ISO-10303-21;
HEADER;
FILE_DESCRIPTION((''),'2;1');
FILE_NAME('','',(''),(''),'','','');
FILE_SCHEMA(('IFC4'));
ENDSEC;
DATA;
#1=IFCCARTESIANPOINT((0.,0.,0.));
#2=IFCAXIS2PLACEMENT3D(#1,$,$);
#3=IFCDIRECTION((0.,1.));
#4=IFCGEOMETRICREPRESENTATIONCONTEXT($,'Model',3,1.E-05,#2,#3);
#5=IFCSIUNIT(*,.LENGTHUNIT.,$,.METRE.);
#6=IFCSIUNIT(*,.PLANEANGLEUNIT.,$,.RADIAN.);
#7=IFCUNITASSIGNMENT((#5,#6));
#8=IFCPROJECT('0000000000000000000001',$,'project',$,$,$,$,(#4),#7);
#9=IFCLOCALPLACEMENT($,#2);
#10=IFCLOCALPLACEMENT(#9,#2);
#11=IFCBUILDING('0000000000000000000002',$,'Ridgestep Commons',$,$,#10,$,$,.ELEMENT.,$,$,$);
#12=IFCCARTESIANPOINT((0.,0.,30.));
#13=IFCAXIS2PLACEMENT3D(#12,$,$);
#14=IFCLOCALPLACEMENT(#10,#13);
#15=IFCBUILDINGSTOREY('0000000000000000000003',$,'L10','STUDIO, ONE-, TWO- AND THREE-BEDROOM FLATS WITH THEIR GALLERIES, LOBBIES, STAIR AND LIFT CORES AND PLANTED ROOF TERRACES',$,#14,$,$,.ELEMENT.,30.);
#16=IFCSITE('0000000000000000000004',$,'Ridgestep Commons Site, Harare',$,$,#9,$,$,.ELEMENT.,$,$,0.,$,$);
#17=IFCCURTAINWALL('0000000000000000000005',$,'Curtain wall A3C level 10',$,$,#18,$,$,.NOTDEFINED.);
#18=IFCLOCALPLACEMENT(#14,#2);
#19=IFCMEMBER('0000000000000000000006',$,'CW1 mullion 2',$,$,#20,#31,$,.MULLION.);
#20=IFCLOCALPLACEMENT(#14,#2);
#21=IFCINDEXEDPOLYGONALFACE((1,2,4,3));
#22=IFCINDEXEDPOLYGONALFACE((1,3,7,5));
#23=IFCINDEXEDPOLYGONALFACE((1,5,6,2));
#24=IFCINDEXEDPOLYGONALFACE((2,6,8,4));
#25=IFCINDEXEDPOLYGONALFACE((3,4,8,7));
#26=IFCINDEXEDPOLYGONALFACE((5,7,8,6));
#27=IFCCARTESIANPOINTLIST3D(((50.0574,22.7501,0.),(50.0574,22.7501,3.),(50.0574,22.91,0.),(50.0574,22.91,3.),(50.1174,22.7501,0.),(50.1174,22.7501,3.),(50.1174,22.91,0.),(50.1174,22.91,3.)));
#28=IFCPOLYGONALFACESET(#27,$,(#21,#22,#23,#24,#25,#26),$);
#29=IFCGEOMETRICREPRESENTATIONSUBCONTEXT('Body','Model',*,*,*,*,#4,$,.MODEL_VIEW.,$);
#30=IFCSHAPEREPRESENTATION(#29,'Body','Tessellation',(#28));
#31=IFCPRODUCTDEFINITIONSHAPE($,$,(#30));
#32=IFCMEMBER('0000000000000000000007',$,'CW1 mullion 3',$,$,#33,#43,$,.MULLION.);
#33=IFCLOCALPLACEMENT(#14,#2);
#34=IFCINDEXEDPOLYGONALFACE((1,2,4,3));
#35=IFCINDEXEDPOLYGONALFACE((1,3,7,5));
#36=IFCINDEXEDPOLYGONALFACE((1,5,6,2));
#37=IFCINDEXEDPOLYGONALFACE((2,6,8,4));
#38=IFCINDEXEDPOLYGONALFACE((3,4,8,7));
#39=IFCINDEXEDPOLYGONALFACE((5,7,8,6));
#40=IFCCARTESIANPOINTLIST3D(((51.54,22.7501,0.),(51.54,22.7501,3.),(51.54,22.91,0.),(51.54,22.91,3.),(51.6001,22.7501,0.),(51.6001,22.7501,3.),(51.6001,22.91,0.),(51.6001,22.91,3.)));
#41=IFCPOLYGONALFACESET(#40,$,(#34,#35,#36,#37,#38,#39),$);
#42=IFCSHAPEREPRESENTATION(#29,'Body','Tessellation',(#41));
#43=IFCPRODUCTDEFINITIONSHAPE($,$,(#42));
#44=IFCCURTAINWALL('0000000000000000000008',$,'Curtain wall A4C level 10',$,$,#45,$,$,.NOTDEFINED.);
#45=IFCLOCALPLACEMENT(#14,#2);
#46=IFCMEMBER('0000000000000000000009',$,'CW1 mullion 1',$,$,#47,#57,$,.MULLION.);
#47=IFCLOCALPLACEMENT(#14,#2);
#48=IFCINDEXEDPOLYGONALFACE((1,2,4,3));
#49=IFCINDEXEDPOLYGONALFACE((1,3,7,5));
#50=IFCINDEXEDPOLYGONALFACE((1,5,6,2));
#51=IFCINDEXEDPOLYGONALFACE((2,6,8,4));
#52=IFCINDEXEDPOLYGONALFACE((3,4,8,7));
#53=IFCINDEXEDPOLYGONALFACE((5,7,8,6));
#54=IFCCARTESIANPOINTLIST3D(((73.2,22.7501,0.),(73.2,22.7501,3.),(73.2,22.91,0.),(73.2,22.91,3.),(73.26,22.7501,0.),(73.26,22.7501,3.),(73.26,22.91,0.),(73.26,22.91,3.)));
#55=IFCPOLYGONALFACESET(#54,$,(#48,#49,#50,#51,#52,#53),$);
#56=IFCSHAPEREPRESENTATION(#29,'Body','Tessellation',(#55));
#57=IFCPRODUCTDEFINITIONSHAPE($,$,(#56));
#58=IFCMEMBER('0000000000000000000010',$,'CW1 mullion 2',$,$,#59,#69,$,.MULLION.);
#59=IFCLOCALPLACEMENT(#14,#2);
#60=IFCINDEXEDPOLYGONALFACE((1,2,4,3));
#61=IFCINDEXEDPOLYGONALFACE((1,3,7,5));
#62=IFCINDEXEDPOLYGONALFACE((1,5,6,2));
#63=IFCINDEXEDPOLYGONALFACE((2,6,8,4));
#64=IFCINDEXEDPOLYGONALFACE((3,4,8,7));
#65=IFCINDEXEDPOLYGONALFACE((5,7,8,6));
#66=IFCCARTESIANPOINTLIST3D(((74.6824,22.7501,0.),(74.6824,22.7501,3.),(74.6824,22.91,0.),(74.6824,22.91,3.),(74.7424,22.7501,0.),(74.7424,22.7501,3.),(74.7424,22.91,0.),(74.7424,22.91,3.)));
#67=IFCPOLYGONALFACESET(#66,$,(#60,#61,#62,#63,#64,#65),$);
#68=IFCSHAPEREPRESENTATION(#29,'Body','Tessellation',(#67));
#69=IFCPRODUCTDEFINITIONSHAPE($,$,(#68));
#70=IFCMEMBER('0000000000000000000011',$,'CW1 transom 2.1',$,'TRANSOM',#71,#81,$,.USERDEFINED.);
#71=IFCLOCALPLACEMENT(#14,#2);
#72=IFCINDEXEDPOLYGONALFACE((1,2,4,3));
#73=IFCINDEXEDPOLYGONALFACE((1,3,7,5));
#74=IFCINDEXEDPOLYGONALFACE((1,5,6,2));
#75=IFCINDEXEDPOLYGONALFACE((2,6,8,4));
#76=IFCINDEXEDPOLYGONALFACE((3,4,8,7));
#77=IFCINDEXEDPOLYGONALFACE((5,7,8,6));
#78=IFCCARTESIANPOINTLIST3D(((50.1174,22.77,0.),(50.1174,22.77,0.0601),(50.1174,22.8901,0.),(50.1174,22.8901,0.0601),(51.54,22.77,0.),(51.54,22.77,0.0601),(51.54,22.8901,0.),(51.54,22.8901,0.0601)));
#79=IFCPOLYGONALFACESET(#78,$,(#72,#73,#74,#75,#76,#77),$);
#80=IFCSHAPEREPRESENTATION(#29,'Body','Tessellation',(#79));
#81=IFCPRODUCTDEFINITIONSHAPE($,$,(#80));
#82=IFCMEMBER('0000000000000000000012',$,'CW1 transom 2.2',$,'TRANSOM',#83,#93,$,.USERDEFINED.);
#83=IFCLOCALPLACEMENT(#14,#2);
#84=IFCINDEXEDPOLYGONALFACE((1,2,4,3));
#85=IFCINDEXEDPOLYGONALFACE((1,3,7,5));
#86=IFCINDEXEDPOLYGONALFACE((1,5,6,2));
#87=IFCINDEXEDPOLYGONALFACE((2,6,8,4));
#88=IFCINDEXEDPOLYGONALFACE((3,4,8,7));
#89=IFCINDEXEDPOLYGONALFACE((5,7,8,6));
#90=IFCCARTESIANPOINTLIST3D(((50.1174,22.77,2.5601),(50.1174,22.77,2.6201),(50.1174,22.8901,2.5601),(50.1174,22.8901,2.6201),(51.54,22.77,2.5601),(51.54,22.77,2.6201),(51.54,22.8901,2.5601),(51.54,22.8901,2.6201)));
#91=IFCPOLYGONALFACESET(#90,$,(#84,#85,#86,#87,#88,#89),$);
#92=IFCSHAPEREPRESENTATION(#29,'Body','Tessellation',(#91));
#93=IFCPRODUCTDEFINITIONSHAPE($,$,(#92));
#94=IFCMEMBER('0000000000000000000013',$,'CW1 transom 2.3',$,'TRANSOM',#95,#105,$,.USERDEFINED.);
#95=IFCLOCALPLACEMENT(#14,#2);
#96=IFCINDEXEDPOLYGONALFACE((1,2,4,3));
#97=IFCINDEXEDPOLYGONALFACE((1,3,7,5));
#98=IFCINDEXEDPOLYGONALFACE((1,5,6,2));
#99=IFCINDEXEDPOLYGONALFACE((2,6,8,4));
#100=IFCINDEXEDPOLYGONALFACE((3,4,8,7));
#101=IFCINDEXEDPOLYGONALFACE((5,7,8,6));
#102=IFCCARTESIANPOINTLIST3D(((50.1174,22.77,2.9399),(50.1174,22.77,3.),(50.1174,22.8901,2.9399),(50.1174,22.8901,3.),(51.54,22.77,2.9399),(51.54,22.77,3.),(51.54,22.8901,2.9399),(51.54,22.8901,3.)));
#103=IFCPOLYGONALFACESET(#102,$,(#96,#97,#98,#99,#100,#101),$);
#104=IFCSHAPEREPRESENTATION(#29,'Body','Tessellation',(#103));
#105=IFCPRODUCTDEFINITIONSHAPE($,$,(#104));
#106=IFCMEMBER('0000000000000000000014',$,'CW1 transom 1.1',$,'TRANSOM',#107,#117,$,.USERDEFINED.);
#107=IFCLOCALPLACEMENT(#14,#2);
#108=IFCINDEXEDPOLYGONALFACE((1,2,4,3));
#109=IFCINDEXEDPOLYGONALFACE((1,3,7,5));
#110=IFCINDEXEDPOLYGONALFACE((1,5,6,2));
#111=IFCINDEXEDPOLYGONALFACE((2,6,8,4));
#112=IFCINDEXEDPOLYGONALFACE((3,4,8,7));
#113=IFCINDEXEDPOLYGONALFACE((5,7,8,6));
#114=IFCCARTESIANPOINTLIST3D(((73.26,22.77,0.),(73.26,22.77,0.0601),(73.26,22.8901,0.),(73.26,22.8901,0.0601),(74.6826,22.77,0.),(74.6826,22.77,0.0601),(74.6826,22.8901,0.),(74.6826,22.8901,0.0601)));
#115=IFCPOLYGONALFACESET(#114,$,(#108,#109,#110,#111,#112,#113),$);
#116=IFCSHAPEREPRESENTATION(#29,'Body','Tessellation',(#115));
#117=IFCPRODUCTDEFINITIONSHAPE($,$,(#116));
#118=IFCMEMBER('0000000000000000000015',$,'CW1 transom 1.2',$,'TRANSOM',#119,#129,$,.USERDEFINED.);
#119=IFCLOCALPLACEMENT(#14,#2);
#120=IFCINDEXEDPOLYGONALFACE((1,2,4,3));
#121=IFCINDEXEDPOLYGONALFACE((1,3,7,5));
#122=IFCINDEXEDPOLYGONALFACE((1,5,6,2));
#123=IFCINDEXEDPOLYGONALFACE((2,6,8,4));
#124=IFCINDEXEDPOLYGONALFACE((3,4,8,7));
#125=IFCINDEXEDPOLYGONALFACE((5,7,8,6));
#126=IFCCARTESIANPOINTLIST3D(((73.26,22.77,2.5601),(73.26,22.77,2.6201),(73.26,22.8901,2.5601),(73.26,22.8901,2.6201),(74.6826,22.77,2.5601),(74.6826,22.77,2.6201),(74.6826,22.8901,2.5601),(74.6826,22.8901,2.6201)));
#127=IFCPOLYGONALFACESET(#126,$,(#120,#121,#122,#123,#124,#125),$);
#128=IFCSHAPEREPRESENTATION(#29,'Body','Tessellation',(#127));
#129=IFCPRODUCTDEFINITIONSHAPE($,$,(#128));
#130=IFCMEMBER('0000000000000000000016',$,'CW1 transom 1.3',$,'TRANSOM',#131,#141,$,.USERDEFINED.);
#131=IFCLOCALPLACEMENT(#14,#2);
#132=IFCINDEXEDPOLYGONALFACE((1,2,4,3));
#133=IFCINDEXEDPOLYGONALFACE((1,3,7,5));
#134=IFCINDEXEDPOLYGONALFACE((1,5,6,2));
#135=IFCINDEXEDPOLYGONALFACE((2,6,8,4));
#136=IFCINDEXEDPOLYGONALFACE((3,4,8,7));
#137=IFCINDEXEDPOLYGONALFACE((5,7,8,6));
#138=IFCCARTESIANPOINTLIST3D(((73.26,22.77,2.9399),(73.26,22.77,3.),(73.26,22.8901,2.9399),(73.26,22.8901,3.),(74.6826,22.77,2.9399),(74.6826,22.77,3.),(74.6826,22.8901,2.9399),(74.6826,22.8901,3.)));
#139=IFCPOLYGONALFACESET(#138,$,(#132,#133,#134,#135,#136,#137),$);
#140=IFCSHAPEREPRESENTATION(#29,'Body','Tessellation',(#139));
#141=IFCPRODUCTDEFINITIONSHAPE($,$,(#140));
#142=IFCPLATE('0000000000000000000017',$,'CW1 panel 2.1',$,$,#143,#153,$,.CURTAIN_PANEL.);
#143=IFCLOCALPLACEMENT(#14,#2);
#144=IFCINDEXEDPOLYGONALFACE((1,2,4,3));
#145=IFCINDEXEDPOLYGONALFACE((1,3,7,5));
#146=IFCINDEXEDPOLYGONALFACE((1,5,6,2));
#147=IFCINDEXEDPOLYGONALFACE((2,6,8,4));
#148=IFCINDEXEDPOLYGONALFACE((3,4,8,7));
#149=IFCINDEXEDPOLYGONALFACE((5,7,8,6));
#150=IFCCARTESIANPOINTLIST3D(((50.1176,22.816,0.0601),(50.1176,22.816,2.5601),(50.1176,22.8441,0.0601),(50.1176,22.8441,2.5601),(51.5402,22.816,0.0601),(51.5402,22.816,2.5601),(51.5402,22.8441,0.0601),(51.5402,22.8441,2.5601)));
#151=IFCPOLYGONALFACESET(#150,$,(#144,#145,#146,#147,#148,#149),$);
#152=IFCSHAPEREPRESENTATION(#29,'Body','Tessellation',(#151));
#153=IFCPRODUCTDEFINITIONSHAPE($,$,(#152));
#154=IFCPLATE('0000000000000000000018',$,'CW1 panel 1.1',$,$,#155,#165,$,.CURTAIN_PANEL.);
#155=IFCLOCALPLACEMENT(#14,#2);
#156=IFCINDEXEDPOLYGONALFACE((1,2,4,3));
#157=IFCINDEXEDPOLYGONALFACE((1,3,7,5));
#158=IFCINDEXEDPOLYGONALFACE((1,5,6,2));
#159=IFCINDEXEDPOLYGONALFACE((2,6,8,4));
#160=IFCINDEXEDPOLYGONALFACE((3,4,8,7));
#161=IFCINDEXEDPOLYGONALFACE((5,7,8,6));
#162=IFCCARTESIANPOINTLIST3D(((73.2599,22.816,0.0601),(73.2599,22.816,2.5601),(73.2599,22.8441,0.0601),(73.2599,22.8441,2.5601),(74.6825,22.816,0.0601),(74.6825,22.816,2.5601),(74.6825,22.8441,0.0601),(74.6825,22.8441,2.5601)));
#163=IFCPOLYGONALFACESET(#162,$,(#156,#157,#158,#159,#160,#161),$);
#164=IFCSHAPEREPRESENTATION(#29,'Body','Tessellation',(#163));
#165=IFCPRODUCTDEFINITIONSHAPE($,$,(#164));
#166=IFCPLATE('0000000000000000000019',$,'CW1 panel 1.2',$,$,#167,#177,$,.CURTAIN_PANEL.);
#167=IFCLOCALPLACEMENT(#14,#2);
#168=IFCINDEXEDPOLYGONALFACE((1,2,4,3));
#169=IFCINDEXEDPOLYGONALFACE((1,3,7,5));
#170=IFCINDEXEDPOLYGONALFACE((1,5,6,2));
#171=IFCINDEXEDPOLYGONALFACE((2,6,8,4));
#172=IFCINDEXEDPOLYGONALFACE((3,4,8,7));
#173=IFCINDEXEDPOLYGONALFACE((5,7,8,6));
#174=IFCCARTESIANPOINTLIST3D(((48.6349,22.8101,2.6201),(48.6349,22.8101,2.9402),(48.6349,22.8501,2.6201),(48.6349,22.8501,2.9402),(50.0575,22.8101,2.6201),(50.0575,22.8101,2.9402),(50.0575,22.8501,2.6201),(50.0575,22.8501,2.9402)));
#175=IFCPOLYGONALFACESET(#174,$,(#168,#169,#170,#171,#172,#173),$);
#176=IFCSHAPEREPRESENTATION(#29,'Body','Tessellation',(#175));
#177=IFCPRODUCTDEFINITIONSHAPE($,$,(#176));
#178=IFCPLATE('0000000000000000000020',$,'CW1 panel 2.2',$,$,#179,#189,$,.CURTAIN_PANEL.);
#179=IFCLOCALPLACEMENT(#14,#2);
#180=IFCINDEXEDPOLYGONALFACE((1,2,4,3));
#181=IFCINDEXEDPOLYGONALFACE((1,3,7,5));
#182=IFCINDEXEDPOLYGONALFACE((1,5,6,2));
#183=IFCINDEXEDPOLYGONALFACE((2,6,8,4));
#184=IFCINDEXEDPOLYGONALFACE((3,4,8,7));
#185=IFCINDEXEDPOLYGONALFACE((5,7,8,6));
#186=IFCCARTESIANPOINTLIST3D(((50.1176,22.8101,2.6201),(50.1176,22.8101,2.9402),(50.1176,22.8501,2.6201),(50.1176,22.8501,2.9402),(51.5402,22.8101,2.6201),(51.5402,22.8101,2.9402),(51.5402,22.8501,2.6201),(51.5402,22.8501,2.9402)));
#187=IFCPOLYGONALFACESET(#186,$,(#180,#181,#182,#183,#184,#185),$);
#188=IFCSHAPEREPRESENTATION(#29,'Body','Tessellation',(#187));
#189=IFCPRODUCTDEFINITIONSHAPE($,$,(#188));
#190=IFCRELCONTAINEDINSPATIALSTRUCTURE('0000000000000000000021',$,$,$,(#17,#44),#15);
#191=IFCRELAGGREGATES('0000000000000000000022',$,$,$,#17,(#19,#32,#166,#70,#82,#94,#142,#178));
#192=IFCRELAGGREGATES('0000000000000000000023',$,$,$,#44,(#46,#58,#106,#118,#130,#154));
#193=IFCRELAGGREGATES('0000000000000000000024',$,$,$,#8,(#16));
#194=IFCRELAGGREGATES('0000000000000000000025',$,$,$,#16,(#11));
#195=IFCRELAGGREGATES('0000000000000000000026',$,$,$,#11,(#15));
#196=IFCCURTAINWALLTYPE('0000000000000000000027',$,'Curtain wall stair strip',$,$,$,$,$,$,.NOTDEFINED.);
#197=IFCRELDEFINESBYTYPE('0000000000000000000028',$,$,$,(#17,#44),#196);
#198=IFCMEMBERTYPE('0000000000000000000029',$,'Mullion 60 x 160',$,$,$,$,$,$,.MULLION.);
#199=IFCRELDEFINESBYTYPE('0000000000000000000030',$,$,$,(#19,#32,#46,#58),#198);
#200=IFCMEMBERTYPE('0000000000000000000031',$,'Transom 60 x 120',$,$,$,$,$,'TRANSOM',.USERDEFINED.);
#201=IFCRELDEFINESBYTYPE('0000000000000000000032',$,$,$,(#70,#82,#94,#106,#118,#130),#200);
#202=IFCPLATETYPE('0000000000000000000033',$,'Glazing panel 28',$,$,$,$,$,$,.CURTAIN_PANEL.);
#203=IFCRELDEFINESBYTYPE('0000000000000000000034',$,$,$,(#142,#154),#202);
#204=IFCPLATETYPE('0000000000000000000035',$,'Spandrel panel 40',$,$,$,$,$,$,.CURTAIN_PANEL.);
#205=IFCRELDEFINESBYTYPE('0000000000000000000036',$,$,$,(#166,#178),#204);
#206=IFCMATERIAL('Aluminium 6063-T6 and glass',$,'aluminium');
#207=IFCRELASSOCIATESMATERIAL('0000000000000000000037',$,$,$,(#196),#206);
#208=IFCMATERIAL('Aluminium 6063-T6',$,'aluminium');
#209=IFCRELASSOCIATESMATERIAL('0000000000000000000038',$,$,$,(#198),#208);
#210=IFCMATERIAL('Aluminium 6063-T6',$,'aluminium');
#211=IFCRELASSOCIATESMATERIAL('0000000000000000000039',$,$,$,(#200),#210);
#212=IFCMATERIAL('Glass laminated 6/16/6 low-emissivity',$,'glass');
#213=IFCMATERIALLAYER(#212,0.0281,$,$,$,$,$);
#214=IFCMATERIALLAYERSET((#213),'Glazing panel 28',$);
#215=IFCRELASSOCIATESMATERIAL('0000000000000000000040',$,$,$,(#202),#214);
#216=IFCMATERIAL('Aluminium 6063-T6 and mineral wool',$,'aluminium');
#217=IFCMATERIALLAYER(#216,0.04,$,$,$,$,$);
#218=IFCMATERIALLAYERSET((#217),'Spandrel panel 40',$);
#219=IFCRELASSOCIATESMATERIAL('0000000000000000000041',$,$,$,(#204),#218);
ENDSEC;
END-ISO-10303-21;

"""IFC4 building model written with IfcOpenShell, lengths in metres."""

from ifc_helpers import new_model, si_unit, direction, frame, origin, origin_2d, place, context, subcontext, project, spatial, rectangle, extrude, material, layer, layer_set, material_profile, profile_set, type_object, element, aggregate, save


model = new_model("IFC4")

# Units and contexts
model_context = context("Model", 3, precision=1e-05, world=origin(), true_north=direction((0.0, 1.0)))
body_context = subcontext(model_context, "Body", "Model", "MODEL_VIEW")
ifc_project = project(units=[si_unit("LENGTHUNIT", "METRE"), si_unit("PLANEANGLEUNIT", "RADIAN")], contexts=[model_context])

# Site, building, storey
site_placement = place(None, origin())
site = spatial("IfcSite", under=ifc_project, at=site_placement, Name="Ridgestep Commons Site, Harare", CompositionType="ELEMENT", RefElevation=0.0)
building_placement = place(site_placement, origin())
building = spatial("IfcBuilding", under=site, at=building_placement, Name="Ridgestep Commons", CompositionType="ELEMENT")
storey_placement = place(building_placement, frame((0.0, 0.0, 30.0)))
storey = spatial("IfcBuildingStorey", under=building, at=storey_placement, Name="L10", Description="STUDIO, ONE-, TWO- AND THREE-BEDROOM FLATS WITH THEIR GALLERIES, LOBBIES, STAIR AND LIFT CORES AND PLANTED ROOF TERRACES", CompositionType="ELEMENT", Elevation=30.0)

# Curtain walls, members
ifc_material_1 = material(Name="Aluminium 6063-T6 and glass", Category="aluminium")
curtain_wall_type = type_object("IfcCurtainWallType", Name="Curtain wall stair strip", PredefinedType="NOTDEFINED", material=ifc_material_1)
curtain_wall_1_placement = place(storey_placement, origin())
curtain_wall_1 = element("IfcCurtainWall", 1, at=curtain_wall_1_placement, inside=storey, type_object=curtain_wall_type, Name="Curtain wall A3C level 10", PredefinedType="NOTDEFINED")
ifc_material_2 = material(Name="Aluminium 6063-T6", Category="aluminium")
ifc_material_profile_1 = material_profile(ifc_material_2, rectangle(XDim=0.1599, YDim=0.0601, at=origin_2d()), Name="Mullion 60 x 160")
ifc_profile_set_1 = profile_set([ifc_material_profile_1], Name="Aluminium 6063-T6")
member_type_1 = type_object("IfcMemberType", Name="Mullion 60 x 160", PredefinedType="MULLION", material=ifc_profile_set_1)
member_1_placement = place(storey_placement, frame((50.0874, 22.8301, 0.0), z_axis=(0.0, 0.0, 1.0), x_axis=(0.0, 1.0, 0.0)))
member_1 = element("IfcMember", 2, at=member_1_placement, type_object=member_type_1, Name="CW1 mullion 2", PredefinedType="MULLION", context=body_context, shape_type="SweptSolid", body=[
    extrude(rectangle(XDim=0.1599, YDim=0.0601, at=origin_2d()), origin(), (0.0, 0.0, 1.0), 3.0),
])
member_2_placement = place(storey_placement, frame((51.5701, 22.8301, 0.0), z_axis=(0.0, 0.0, 1.0), x_axis=(0.0, 1.0, 0.0)))
member_2 = element("IfcMember", 3, at=member_2_placement, type_object=member_type_1, Name="CW1 mullion 3", PredefinedType="MULLION", context=body_context, shape_type="SweptSolid", body=[
    extrude(rectangle(XDim=0.1599, YDim=0.0601, at=origin_2d()), origin(), (0.0, 0.0, 1.0), 3.0),
])
curtain_wall_2_placement = place(storey_placement, origin())
curtain_wall_2 = element("IfcCurtainWall", 4, at=curtain_wall_2_placement, inside=storey, type_object=curtain_wall_type, Name="Curtain wall A4C level 10", PredefinedType="NOTDEFINED")
member_3_placement = place(storey_placement, frame((73.23, 22.8301, 0.0), z_axis=(0.0, 0.0, 1.0), x_axis=(0.0, 1.0, 0.0)))
member_3 = element("IfcMember", 5, at=member_3_placement, type_object=member_type_1, Name="CW1 mullion 1", PredefinedType="MULLION", context=body_context, shape_type="SweptSolid", body=[
    extrude(rectangle(XDim=0.1599, YDim=0.0601, at=origin_2d()), origin(), (0.0, 0.0, 1.0), 3.0),
])
member_4_placement = place(storey_placement, frame((74.7124, 22.8301, 0.0), z_axis=(0.0, 0.0, 1.0), x_axis=(0.0, 1.0, 0.0)))
member_4 = element("IfcMember", 6, at=member_4_placement, type_object=member_type_1, Name="CW1 mullion 2", PredefinedType="MULLION", context=body_context, shape_type="SweptSolid", body=[
    extrude(rectangle(XDim=0.1599, YDim=0.0601, at=origin_2d()), origin(), (0.0, 0.0, 1.0), 3.0),
])

# Members
ifc_material_3 = material(Name="Aluminium 6063-T6", Category="aluminium")
ifc_material_profile_2 = material_profile(ifc_material_3, rectangle(XDim=0.1201, YDim=0.0601, at=origin_2d()), Name="Transom 60 x 120")
ifc_profile_set_2 = profile_set([ifc_material_profile_2], Name="Aluminium 6063-T6")
member_type_2 = type_object("IfcMemberType", Name="Transom 60 x 120", ElementType="TRANSOM", PredefinedType="USERDEFINED", material=ifc_profile_set_2)
member_5_placement = place(storey_placement, frame((50.1174, 22.8301, 0.03), z_axis=(1.0, 0.0, 0.0), x_axis=(0.0, 1.0, 0.0)))
member_5 = element("IfcMember", 7, at=member_5_placement, type_object=member_type_2, Name="CW1 transom 2.1", ObjectType="TRANSOM", PredefinedType="USERDEFINED", context=body_context, shape_type="SweptSolid", body=[
    extrude(rectangle(XDim=0.1201, YDim=0.0601, at=origin_2d()), origin(), (0.0, 0.0, 1.0), 1.4226),
])
member_6_placement = place(storey_placement, frame((50.1174, 22.8301, 2.5901), z_axis=(1.0, 0.0, 0.0), x_axis=(0.0, 1.0, 0.0)))
member_6 = element("IfcMember", 8, at=member_6_placement, type_object=member_type_2, Name="CW1 transom 2.2", ObjectType="TRANSOM", PredefinedType="USERDEFINED", context=body_context, shape_type="SweptSolid", body=[
    extrude(rectangle(XDim=0.1201, YDim=0.0601, at=origin_2d()), origin(), (0.0, 0.0, 1.0), 1.4226),
])
member_7_placement = place(storey_placement, frame((50.1174, 22.8301, 2.97), z_axis=(1.0, 0.0, 0.0), x_axis=(0.0, 1.0, 0.0)))
member_7 = element("IfcMember", 9, at=member_7_placement, type_object=member_type_2, Name="CW1 transom 2.3", ObjectType="TRANSOM", PredefinedType="USERDEFINED", context=body_context, shape_type="SweptSolid", body=[
    extrude(rectangle(XDim=0.1201, YDim=0.0601, at=origin_2d()), origin(), (0.0, 0.0, 1.0), 1.4226),
])
member_8_placement = place(storey_placement, frame((73.26, 22.8301, 0.03), z_axis=(1.0, 0.0, 0.0), x_axis=(0.0, 1.0, 0.0)))
member_8 = element("IfcMember", 10, at=member_8_placement, type_object=member_type_2, Name="CW1 transom 1.1", ObjectType="TRANSOM", PredefinedType="USERDEFINED", context=body_context, shape_type="SweptSolid", body=[
    extrude(rectangle(XDim=0.1201, YDim=0.0601, at=origin_2d()), origin(), (0.0, 0.0, 1.0), 1.4226),
])
member_9_placement = place(storey_placement, frame((73.26, 22.8301, 2.5901), z_axis=(1.0, 0.0, 0.0), x_axis=(0.0, 1.0, 0.0)))
member_9 = element("IfcMember", 11, at=member_9_placement, type_object=member_type_2, Name="CW1 transom 1.2", ObjectType="TRANSOM", PredefinedType="USERDEFINED", context=body_context, shape_type="SweptSolid", body=[
    extrude(rectangle(XDim=0.1201, YDim=0.0601, at=origin_2d()), origin(), (0.0, 0.0, 1.0), 1.4226),
])
member_10_placement = place(storey_placement, frame((73.26, 22.8301, 2.97), z_axis=(1.0, 0.0, 0.0), x_axis=(0.0, 1.0, 0.0)))
member_10 = element("IfcMember", 12, at=member_10_placement, type_object=member_type_2, Name="CW1 transom 1.3", ObjectType="TRANSOM", PredefinedType="USERDEFINED", context=body_context, shape_type="SweptSolid", body=[
    extrude(rectangle(XDim=0.1201, YDim=0.0601, at=origin_2d()), origin(), (0.0, 0.0, 1.0), 1.4226),
])

# Plates
ifc_material_4 = material(Name="Glass laminated 6/16/6 low-emissivity", Category="glass")
ifc_layer_1 = layer(ifc_material_4, 0.0281)
ifc_layer_set_1 = layer_set([ifc_layer_1], Name="Glazing panel 28")
plate_type_1 = type_object("IfcPlateType", Name="Glazing panel 28", PredefinedType="CURTAIN_PANEL", material=ifc_layer_set_1)
plate_1_placement = place(storey_placement, frame((50.8289, 22.8301, 0.0601), z_axis=(0.0, 0.0, 1.0), x_axis=(1.0, 0.0, 0.0)))
plate_1 = element("IfcPlate", 13, at=plate_1_placement, type_object=plate_type_1, Name="CW1 panel 2.1", PredefinedType="CURTAIN_PANEL", context=body_context, shape_type="SweptSolid", body=[
    extrude(rectangle(XDim=1.4226, YDim=0.0281, at=origin_2d()), origin(), (0.0, 0.0, 1.0), 2.5),
])
plate_2_placement = place(storey_placement, frame((73.9712, 22.8301, 0.0601), z_axis=(0.0, 0.0, 1.0), x_axis=(1.0, 0.0, 0.0)))
plate_2 = element("IfcPlate", 14, at=plate_2_placement, type_object=plate_type_1, Name="CW1 panel 1.1", PredefinedType="CURTAIN_PANEL", context=body_context, shape_type="SweptSolid", body=[
    extrude(rectangle(XDim=1.4226, YDim=0.0281, at=origin_2d()), origin(), (0.0, 0.0, 1.0), 2.5),
])
ifc_material_5 = material(Name="Aluminium 6063-T6 and mineral wool", Category="aluminium")
ifc_layer_2 = layer(ifc_material_5, 0.04)
ifc_layer_set_2 = layer_set([ifc_layer_2], Name="Spandrel panel 40")
plate_type_2 = type_object("IfcPlateType", Name="Spandrel panel 40", PredefinedType="CURTAIN_PANEL", material=ifc_layer_set_2)
plate_3_placement = place(storey_placement, frame((49.3462, 22.8301, 2.6201), z_axis=(0.0, 0.0, 1.0), x_axis=(1.0, 0.0, 0.0)))
plate_3 = element("IfcPlate", 15, at=plate_3_placement, type_object=plate_type_2, Name="CW1 panel 1.2", PredefinedType="CURTAIN_PANEL", context=body_context, shape_type="SweptSolid", body=[
    extrude(rectangle(XDim=1.4226, YDim=0.04, at=origin_2d()), origin(), (0.0, 0.0, 1.0), 0.3201),
])
plate_4_placement = place(storey_placement, frame((50.8289, 22.8301, 2.6201), z_axis=(0.0, 0.0, 1.0), x_axis=(1.0, 0.0, 0.0)))
plate_4 = element("IfcPlate", 16, at=plate_4_placement, type_object=plate_type_2, Name="CW1 panel 2.2", PredefinedType="CURTAIN_PANEL", context=body_context, shape_type="SweptSolid", body=[
    extrude(rectangle(XDim=1.4226, YDim=0.04, at=origin_2d()), origin(), (0.0, 0.0, 1.0), 0.3201),
])
aggregate(curtain_wall_1, [member_1, member_2, plate_3, member_5, member_6, member_7, plate_1, plate_4])
aggregate(curtain_wall_2, [member_3, member_4, member_8, member_9, member_10, plate_2])

save(model, "model.ifc")
